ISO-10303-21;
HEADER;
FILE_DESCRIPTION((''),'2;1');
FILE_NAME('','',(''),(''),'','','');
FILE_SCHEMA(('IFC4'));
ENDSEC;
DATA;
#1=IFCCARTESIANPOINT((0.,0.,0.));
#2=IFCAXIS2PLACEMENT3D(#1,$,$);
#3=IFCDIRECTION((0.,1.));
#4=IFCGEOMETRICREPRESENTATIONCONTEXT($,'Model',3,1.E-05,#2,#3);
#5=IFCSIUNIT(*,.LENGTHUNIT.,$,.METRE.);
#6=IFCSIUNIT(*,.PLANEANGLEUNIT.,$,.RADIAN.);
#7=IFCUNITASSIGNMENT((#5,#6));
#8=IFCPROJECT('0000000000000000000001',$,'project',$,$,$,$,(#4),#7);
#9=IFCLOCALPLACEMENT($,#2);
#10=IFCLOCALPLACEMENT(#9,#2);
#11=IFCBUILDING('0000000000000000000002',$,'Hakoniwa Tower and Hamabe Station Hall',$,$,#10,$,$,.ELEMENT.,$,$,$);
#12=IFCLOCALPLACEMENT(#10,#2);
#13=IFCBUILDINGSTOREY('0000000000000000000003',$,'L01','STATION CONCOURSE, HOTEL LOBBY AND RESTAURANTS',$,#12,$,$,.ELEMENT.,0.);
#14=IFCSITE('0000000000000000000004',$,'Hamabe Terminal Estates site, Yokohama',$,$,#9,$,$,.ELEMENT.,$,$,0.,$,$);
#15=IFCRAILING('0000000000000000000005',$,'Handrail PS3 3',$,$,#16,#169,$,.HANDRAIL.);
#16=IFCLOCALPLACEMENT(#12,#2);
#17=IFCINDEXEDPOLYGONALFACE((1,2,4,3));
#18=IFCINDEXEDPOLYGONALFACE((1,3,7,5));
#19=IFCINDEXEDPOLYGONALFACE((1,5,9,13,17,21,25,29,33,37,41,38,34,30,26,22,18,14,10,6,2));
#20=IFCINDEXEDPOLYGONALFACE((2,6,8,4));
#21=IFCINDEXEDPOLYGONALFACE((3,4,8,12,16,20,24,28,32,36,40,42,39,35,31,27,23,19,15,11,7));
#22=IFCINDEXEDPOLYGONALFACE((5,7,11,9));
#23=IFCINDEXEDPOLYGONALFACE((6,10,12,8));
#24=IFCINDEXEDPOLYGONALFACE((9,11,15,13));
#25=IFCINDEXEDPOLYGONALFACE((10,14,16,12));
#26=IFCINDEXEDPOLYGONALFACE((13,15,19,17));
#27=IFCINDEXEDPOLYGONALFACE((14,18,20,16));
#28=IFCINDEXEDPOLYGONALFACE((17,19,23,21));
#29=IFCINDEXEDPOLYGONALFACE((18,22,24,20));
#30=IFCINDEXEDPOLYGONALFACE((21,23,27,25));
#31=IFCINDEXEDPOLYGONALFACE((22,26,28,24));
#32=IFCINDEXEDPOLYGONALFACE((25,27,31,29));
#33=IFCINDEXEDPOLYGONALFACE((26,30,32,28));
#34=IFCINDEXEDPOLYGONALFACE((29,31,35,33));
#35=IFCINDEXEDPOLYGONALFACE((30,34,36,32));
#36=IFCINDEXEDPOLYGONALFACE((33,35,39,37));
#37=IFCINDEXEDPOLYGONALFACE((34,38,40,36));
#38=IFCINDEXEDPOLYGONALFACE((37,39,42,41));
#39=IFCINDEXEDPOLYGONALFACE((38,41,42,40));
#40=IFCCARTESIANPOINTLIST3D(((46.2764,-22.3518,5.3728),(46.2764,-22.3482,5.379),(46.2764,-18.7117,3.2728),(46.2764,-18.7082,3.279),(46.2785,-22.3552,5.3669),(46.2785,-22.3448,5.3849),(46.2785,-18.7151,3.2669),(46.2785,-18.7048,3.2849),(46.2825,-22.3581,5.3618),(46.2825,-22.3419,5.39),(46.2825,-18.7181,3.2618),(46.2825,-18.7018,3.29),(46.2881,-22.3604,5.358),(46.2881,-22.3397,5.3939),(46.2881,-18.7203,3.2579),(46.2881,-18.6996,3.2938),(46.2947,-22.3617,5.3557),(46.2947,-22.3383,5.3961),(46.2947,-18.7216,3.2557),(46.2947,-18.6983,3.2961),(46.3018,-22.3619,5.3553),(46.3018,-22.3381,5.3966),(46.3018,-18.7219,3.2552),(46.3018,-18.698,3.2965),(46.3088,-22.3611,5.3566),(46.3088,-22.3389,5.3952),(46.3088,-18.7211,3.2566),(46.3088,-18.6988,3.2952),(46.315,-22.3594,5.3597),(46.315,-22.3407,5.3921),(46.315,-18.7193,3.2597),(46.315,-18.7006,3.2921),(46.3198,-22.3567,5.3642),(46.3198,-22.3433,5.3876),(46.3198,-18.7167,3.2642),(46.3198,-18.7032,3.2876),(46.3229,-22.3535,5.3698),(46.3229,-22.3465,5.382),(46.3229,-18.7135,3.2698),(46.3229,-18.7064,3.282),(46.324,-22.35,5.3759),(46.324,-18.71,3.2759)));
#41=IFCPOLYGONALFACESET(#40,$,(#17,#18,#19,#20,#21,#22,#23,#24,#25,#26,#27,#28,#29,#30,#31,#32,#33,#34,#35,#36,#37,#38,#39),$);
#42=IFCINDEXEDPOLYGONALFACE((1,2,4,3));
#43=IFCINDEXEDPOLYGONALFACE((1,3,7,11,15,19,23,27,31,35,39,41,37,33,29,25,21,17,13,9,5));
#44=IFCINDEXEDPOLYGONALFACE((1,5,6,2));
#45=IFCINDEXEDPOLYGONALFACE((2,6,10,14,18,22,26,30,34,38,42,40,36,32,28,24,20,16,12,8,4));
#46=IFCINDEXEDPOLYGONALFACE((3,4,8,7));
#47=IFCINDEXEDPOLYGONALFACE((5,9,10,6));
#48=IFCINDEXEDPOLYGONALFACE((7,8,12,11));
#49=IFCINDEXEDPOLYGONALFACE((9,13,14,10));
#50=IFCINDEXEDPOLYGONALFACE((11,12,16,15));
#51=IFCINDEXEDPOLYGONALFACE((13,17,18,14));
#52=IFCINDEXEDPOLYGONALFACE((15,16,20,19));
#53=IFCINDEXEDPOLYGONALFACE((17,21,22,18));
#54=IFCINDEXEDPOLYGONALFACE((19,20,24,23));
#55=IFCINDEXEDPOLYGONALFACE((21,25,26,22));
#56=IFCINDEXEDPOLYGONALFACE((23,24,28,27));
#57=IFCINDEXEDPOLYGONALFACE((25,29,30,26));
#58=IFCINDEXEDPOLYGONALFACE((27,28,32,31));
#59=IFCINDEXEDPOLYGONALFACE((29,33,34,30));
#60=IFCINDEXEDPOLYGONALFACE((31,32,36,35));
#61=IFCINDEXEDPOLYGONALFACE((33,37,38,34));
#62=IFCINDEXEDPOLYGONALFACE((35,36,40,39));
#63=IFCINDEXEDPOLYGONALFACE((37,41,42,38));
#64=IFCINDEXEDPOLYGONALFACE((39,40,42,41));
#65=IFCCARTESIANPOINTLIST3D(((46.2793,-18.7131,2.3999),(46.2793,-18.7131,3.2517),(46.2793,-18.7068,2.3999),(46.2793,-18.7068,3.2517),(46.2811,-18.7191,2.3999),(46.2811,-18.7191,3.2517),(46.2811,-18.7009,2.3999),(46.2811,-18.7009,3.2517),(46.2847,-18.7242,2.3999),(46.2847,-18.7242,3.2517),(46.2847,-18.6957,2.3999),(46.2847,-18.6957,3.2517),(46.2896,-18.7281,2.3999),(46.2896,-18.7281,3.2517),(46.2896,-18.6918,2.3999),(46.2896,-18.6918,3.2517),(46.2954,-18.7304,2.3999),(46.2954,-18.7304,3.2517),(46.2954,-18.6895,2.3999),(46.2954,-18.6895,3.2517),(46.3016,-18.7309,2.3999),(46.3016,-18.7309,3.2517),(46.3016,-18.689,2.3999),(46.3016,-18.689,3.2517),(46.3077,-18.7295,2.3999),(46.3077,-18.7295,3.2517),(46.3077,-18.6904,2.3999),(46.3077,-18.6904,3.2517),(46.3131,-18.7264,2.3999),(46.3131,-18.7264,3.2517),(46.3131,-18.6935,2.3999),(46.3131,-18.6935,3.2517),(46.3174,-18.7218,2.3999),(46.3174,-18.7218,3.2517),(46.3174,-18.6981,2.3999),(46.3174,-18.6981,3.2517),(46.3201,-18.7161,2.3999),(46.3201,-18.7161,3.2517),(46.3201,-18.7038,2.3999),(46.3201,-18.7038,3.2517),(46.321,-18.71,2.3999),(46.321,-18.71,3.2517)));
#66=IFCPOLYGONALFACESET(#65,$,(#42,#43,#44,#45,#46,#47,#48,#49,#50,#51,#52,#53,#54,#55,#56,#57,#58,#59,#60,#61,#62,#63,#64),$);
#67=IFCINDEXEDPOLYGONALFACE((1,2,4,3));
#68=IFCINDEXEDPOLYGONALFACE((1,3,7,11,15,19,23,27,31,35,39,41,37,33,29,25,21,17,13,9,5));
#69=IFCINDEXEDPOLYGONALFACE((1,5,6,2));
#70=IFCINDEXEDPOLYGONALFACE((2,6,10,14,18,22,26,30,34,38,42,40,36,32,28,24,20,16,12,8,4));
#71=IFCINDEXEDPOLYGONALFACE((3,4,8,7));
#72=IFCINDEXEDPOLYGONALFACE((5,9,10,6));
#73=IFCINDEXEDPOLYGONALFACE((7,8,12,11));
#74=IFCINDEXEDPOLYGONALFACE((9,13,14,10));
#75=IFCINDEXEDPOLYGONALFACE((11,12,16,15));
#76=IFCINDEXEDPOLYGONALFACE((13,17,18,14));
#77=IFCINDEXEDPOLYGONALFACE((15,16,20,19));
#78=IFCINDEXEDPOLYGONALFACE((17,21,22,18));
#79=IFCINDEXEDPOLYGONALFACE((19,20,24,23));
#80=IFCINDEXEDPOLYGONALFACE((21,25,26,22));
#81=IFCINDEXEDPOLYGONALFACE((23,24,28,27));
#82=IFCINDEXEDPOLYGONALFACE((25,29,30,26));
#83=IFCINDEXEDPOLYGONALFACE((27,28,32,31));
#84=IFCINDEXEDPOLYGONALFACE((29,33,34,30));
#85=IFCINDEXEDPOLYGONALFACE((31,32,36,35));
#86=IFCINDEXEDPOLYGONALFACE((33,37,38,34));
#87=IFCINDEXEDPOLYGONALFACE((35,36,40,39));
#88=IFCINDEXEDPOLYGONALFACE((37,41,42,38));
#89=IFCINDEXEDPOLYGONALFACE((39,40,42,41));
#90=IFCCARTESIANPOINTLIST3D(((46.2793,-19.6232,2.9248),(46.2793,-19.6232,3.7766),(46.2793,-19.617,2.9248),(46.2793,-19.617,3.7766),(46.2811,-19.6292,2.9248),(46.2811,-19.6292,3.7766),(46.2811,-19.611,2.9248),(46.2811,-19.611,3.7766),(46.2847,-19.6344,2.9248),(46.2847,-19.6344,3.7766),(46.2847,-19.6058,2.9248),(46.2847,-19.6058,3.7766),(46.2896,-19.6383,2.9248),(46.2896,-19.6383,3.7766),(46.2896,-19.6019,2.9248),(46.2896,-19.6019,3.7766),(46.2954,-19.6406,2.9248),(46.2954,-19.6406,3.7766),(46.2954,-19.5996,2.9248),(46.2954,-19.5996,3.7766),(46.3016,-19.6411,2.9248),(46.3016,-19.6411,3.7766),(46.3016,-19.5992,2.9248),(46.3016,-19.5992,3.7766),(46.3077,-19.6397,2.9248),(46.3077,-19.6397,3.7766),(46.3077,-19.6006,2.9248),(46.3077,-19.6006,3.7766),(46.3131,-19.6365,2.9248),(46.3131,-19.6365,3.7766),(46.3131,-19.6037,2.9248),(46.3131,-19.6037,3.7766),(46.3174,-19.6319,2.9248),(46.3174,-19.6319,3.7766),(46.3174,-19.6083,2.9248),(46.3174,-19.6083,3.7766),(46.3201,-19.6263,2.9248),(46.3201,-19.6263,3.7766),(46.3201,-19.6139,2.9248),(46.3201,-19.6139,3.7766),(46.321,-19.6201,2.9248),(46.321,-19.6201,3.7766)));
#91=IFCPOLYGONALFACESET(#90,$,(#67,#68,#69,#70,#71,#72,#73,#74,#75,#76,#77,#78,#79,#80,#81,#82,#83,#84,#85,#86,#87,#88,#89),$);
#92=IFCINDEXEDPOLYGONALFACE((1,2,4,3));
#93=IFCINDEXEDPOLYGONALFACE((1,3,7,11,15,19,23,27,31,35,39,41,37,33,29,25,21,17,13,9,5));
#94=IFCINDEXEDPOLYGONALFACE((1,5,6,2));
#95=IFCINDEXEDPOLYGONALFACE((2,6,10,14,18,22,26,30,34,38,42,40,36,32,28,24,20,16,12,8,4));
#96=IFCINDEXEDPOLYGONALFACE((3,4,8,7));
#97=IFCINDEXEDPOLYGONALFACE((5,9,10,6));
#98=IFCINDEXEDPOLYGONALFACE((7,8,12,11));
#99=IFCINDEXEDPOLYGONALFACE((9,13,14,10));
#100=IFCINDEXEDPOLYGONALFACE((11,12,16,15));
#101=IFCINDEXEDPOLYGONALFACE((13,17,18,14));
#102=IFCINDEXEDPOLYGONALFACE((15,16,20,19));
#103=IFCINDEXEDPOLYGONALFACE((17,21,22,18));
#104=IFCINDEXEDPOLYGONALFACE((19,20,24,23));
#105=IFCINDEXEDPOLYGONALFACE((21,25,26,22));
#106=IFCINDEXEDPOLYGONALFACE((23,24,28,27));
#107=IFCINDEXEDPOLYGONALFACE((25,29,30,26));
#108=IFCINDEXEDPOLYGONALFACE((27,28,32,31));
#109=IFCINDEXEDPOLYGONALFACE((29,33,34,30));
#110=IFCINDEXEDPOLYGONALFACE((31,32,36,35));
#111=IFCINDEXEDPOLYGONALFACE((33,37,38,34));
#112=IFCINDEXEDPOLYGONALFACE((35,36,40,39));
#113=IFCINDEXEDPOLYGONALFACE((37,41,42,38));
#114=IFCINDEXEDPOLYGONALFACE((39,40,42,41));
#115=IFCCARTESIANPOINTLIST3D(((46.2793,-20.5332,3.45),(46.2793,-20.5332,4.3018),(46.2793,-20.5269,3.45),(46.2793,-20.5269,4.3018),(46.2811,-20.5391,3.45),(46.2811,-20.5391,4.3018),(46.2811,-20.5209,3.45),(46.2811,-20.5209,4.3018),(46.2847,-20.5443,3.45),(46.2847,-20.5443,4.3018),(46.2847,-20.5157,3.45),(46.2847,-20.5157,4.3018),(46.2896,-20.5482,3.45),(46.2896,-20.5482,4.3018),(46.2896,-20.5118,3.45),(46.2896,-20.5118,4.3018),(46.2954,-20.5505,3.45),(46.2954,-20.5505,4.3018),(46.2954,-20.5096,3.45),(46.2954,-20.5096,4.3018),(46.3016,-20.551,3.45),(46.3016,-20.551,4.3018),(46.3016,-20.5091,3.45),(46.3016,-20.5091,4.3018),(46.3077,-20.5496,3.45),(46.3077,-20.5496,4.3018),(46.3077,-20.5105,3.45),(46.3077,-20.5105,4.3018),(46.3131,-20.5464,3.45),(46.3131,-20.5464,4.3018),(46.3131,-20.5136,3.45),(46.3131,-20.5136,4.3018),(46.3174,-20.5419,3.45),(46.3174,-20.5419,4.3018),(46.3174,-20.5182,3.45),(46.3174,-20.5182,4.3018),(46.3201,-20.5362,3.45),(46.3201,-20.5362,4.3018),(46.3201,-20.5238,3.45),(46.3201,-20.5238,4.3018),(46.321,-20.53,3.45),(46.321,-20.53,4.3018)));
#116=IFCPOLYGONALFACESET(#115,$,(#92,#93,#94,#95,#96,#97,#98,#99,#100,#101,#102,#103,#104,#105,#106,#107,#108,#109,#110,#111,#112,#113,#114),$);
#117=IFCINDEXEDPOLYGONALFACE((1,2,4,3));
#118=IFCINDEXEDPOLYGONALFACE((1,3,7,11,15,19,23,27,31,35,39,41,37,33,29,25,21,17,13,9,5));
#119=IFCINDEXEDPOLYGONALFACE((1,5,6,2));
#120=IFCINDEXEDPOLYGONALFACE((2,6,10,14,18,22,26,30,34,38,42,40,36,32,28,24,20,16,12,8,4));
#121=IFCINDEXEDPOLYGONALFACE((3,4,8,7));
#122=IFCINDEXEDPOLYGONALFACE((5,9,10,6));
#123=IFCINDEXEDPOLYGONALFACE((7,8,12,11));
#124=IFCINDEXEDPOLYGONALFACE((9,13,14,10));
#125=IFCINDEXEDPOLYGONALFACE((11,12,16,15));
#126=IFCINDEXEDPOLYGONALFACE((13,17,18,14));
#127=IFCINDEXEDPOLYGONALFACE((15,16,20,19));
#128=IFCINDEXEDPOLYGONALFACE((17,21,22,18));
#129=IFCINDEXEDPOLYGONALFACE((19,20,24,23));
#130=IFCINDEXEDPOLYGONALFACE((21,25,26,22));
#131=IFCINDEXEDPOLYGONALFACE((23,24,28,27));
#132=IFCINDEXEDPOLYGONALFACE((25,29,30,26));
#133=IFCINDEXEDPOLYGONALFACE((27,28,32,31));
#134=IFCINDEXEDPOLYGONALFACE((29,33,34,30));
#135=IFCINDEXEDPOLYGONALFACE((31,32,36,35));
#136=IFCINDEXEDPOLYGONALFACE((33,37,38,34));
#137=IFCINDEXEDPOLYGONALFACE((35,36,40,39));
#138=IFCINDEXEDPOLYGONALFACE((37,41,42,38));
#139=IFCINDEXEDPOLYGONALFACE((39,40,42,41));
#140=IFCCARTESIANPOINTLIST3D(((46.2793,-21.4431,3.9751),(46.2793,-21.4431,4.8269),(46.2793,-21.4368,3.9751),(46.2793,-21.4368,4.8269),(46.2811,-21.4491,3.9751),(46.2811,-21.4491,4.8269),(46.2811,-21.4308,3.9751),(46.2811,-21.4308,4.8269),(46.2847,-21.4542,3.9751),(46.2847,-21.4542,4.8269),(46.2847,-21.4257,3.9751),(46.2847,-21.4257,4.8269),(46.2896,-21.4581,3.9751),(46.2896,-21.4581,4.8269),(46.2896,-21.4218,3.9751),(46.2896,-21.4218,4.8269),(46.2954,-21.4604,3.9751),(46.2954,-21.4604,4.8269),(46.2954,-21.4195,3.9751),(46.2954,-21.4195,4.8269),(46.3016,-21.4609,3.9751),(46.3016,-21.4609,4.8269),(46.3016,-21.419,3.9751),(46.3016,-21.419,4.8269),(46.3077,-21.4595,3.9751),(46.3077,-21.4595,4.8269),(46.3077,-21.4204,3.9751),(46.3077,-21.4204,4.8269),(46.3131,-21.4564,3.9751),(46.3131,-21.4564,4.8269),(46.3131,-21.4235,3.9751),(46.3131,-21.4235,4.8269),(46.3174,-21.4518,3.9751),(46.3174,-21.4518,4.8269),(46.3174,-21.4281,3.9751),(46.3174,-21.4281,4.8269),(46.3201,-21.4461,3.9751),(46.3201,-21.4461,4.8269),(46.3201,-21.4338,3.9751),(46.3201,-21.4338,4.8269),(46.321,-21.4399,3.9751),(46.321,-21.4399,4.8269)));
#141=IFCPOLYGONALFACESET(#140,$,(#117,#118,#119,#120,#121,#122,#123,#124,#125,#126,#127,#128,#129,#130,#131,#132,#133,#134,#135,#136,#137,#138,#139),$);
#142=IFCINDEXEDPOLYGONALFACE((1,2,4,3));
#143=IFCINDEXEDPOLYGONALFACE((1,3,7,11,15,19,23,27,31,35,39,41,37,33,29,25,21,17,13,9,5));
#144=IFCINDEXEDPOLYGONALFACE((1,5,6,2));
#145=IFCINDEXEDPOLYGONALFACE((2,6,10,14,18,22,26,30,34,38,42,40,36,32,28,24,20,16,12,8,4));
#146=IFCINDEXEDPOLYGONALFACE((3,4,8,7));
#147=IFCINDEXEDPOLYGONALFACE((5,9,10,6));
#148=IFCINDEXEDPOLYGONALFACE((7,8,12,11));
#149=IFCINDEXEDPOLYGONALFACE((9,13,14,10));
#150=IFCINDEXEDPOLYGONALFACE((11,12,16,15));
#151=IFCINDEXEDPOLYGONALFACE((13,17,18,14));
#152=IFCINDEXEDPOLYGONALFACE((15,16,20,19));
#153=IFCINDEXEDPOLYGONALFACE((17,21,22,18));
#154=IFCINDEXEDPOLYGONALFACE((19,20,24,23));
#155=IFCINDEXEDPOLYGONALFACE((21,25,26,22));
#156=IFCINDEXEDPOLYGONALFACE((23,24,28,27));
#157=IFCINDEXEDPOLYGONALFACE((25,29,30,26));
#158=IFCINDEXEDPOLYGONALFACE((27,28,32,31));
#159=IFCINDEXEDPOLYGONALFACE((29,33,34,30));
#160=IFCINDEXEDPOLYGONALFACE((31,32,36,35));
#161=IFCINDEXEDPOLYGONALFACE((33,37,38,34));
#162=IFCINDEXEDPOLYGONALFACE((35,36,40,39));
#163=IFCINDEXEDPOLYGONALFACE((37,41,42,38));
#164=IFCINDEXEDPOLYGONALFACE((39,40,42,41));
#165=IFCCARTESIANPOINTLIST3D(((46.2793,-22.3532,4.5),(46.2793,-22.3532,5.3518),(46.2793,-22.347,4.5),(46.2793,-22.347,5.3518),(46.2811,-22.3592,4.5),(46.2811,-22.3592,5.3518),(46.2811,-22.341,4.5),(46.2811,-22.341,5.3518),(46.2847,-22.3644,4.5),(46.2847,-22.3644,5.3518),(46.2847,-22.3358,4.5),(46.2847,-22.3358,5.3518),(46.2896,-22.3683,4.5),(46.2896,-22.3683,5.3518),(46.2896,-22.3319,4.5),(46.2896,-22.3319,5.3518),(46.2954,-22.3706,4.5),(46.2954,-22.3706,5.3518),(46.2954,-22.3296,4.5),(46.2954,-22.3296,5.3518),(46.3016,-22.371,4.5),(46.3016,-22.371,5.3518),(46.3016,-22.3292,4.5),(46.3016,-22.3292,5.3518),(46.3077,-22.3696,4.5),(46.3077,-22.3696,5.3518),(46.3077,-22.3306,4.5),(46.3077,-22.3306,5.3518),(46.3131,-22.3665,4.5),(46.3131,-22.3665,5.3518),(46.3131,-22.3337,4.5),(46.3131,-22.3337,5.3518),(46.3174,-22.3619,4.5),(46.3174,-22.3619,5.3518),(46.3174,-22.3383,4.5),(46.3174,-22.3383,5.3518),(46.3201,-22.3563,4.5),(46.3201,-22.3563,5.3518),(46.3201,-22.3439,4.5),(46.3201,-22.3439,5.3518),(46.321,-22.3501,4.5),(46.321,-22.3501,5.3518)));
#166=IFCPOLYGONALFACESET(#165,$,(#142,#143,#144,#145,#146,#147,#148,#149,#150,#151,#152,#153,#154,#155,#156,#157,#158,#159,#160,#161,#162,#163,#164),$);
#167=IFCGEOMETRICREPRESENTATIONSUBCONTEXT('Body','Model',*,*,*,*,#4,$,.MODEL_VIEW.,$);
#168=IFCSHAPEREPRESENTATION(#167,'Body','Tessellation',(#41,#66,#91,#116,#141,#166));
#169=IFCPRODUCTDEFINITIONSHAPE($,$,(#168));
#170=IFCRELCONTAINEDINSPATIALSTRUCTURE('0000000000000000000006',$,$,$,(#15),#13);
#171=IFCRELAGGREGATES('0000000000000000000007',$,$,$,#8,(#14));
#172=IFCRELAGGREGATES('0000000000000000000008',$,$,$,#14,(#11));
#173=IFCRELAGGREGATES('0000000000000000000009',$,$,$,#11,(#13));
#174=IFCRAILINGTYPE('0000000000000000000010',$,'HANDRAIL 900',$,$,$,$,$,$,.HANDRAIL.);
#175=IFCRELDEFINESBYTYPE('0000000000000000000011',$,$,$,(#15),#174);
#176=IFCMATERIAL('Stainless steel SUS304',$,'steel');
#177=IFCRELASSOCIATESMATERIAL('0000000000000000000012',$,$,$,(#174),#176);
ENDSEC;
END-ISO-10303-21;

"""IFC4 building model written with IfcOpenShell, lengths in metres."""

from ifc_helpers import new_model, si_unit, direction, frame, origin, origin_2d, place, context, subcontext, project, spatial, circle, extrude, material, type_object, element, save


model = new_model("IFC4")

# Units and contexts
model_context = context("Model", 3, precision=1e-05, world=origin(), true_north=direction((0.0, 1.0)))
body_context = subcontext(model_context, "Body", "Model", "MODEL_VIEW")
ifc_project = project(units=[si_unit("LENGTHUNIT", "METRE"), si_unit("PLANEANGLEUNIT", "RADIAN")], contexts=[model_context])

# Site, building, storey
site_placement = place(None, origin())
site = spatial("IfcSite", under=ifc_project, at=site_placement, Name="Hamabe Terminal Estates site, Yokohama", CompositionType="ELEMENT", RefElevation=0.0)
building_placement = place(site_placement, origin())
building = spatial("IfcBuilding", under=site, at=building_placement, Name="Hakoniwa Tower and Hamabe Station Hall", CompositionType="ELEMENT")
storey_placement = place(building_placement, origin())
storey = spatial("IfcBuildingStorey", under=building, at=storey_placement, Name="L01", Description="STATION CONCOURSE, HOTEL LOBBY AND RESTAURANTS", CompositionType="ELEMENT", Elevation=0.0)

# Railing
ifc_material_1 = material(Name="Stainless steel SUS304", Category="steel")
railing_type_1 = type_object("IfcRailingType", Name="HANDRAIL 900", PredefinedType="HANDRAIL", material=ifc_material_1)
for number, where, name in (
    (1, (46.3, -18.71, 2.3999), "Handrail PS3 3"),
):
    element("IfcRailing", number, at=place(storey_placement, frame(where)), inside=storey, type_object=railing_type_1, Name=name, PredefinedType="HANDRAIL", context=body_context, shape_type="SweptSolid", body=[
        extrude(circle(Radius=0.0239, at=origin_2d()), frame((0.0, 0.0, 0.876), z_axis=(0.0, -0.866184, 0.499726), x_axis=(1.0, 0.0, 0.0)), (0.0, 0.0, 1.0), 4.2024),
        extrude(circle(Radius=0.021, at=origin_2d()), origin(), (0.0, 0.0, 1.0), 0.8518),
        extrude(circle(Radius=0.021, at=origin_2d()), frame((0.0, -0.9102, 0.5249)), (0.0, 0.0, 1.0), 0.8518),
        extrude(circle(Radius=0.021, at=origin_2d()), frame((0.0, -1.8201, 1.05)), (0.0, 0.0, 1.0), 0.8518),
        extrude(circle(Radius=0.021, at=origin_2d()), frame((0.0, -2.73, 1.5752)), (0.0, 0.0, 1.0), 0.8518),
        extrude(circle(Radius=0.021, at=origin_2d()), frame((0.0, -3.6401, 2.1001)), (0.0, 0.0, 1.0), 0.8518),
    ])

save(model, "model.ifc")
